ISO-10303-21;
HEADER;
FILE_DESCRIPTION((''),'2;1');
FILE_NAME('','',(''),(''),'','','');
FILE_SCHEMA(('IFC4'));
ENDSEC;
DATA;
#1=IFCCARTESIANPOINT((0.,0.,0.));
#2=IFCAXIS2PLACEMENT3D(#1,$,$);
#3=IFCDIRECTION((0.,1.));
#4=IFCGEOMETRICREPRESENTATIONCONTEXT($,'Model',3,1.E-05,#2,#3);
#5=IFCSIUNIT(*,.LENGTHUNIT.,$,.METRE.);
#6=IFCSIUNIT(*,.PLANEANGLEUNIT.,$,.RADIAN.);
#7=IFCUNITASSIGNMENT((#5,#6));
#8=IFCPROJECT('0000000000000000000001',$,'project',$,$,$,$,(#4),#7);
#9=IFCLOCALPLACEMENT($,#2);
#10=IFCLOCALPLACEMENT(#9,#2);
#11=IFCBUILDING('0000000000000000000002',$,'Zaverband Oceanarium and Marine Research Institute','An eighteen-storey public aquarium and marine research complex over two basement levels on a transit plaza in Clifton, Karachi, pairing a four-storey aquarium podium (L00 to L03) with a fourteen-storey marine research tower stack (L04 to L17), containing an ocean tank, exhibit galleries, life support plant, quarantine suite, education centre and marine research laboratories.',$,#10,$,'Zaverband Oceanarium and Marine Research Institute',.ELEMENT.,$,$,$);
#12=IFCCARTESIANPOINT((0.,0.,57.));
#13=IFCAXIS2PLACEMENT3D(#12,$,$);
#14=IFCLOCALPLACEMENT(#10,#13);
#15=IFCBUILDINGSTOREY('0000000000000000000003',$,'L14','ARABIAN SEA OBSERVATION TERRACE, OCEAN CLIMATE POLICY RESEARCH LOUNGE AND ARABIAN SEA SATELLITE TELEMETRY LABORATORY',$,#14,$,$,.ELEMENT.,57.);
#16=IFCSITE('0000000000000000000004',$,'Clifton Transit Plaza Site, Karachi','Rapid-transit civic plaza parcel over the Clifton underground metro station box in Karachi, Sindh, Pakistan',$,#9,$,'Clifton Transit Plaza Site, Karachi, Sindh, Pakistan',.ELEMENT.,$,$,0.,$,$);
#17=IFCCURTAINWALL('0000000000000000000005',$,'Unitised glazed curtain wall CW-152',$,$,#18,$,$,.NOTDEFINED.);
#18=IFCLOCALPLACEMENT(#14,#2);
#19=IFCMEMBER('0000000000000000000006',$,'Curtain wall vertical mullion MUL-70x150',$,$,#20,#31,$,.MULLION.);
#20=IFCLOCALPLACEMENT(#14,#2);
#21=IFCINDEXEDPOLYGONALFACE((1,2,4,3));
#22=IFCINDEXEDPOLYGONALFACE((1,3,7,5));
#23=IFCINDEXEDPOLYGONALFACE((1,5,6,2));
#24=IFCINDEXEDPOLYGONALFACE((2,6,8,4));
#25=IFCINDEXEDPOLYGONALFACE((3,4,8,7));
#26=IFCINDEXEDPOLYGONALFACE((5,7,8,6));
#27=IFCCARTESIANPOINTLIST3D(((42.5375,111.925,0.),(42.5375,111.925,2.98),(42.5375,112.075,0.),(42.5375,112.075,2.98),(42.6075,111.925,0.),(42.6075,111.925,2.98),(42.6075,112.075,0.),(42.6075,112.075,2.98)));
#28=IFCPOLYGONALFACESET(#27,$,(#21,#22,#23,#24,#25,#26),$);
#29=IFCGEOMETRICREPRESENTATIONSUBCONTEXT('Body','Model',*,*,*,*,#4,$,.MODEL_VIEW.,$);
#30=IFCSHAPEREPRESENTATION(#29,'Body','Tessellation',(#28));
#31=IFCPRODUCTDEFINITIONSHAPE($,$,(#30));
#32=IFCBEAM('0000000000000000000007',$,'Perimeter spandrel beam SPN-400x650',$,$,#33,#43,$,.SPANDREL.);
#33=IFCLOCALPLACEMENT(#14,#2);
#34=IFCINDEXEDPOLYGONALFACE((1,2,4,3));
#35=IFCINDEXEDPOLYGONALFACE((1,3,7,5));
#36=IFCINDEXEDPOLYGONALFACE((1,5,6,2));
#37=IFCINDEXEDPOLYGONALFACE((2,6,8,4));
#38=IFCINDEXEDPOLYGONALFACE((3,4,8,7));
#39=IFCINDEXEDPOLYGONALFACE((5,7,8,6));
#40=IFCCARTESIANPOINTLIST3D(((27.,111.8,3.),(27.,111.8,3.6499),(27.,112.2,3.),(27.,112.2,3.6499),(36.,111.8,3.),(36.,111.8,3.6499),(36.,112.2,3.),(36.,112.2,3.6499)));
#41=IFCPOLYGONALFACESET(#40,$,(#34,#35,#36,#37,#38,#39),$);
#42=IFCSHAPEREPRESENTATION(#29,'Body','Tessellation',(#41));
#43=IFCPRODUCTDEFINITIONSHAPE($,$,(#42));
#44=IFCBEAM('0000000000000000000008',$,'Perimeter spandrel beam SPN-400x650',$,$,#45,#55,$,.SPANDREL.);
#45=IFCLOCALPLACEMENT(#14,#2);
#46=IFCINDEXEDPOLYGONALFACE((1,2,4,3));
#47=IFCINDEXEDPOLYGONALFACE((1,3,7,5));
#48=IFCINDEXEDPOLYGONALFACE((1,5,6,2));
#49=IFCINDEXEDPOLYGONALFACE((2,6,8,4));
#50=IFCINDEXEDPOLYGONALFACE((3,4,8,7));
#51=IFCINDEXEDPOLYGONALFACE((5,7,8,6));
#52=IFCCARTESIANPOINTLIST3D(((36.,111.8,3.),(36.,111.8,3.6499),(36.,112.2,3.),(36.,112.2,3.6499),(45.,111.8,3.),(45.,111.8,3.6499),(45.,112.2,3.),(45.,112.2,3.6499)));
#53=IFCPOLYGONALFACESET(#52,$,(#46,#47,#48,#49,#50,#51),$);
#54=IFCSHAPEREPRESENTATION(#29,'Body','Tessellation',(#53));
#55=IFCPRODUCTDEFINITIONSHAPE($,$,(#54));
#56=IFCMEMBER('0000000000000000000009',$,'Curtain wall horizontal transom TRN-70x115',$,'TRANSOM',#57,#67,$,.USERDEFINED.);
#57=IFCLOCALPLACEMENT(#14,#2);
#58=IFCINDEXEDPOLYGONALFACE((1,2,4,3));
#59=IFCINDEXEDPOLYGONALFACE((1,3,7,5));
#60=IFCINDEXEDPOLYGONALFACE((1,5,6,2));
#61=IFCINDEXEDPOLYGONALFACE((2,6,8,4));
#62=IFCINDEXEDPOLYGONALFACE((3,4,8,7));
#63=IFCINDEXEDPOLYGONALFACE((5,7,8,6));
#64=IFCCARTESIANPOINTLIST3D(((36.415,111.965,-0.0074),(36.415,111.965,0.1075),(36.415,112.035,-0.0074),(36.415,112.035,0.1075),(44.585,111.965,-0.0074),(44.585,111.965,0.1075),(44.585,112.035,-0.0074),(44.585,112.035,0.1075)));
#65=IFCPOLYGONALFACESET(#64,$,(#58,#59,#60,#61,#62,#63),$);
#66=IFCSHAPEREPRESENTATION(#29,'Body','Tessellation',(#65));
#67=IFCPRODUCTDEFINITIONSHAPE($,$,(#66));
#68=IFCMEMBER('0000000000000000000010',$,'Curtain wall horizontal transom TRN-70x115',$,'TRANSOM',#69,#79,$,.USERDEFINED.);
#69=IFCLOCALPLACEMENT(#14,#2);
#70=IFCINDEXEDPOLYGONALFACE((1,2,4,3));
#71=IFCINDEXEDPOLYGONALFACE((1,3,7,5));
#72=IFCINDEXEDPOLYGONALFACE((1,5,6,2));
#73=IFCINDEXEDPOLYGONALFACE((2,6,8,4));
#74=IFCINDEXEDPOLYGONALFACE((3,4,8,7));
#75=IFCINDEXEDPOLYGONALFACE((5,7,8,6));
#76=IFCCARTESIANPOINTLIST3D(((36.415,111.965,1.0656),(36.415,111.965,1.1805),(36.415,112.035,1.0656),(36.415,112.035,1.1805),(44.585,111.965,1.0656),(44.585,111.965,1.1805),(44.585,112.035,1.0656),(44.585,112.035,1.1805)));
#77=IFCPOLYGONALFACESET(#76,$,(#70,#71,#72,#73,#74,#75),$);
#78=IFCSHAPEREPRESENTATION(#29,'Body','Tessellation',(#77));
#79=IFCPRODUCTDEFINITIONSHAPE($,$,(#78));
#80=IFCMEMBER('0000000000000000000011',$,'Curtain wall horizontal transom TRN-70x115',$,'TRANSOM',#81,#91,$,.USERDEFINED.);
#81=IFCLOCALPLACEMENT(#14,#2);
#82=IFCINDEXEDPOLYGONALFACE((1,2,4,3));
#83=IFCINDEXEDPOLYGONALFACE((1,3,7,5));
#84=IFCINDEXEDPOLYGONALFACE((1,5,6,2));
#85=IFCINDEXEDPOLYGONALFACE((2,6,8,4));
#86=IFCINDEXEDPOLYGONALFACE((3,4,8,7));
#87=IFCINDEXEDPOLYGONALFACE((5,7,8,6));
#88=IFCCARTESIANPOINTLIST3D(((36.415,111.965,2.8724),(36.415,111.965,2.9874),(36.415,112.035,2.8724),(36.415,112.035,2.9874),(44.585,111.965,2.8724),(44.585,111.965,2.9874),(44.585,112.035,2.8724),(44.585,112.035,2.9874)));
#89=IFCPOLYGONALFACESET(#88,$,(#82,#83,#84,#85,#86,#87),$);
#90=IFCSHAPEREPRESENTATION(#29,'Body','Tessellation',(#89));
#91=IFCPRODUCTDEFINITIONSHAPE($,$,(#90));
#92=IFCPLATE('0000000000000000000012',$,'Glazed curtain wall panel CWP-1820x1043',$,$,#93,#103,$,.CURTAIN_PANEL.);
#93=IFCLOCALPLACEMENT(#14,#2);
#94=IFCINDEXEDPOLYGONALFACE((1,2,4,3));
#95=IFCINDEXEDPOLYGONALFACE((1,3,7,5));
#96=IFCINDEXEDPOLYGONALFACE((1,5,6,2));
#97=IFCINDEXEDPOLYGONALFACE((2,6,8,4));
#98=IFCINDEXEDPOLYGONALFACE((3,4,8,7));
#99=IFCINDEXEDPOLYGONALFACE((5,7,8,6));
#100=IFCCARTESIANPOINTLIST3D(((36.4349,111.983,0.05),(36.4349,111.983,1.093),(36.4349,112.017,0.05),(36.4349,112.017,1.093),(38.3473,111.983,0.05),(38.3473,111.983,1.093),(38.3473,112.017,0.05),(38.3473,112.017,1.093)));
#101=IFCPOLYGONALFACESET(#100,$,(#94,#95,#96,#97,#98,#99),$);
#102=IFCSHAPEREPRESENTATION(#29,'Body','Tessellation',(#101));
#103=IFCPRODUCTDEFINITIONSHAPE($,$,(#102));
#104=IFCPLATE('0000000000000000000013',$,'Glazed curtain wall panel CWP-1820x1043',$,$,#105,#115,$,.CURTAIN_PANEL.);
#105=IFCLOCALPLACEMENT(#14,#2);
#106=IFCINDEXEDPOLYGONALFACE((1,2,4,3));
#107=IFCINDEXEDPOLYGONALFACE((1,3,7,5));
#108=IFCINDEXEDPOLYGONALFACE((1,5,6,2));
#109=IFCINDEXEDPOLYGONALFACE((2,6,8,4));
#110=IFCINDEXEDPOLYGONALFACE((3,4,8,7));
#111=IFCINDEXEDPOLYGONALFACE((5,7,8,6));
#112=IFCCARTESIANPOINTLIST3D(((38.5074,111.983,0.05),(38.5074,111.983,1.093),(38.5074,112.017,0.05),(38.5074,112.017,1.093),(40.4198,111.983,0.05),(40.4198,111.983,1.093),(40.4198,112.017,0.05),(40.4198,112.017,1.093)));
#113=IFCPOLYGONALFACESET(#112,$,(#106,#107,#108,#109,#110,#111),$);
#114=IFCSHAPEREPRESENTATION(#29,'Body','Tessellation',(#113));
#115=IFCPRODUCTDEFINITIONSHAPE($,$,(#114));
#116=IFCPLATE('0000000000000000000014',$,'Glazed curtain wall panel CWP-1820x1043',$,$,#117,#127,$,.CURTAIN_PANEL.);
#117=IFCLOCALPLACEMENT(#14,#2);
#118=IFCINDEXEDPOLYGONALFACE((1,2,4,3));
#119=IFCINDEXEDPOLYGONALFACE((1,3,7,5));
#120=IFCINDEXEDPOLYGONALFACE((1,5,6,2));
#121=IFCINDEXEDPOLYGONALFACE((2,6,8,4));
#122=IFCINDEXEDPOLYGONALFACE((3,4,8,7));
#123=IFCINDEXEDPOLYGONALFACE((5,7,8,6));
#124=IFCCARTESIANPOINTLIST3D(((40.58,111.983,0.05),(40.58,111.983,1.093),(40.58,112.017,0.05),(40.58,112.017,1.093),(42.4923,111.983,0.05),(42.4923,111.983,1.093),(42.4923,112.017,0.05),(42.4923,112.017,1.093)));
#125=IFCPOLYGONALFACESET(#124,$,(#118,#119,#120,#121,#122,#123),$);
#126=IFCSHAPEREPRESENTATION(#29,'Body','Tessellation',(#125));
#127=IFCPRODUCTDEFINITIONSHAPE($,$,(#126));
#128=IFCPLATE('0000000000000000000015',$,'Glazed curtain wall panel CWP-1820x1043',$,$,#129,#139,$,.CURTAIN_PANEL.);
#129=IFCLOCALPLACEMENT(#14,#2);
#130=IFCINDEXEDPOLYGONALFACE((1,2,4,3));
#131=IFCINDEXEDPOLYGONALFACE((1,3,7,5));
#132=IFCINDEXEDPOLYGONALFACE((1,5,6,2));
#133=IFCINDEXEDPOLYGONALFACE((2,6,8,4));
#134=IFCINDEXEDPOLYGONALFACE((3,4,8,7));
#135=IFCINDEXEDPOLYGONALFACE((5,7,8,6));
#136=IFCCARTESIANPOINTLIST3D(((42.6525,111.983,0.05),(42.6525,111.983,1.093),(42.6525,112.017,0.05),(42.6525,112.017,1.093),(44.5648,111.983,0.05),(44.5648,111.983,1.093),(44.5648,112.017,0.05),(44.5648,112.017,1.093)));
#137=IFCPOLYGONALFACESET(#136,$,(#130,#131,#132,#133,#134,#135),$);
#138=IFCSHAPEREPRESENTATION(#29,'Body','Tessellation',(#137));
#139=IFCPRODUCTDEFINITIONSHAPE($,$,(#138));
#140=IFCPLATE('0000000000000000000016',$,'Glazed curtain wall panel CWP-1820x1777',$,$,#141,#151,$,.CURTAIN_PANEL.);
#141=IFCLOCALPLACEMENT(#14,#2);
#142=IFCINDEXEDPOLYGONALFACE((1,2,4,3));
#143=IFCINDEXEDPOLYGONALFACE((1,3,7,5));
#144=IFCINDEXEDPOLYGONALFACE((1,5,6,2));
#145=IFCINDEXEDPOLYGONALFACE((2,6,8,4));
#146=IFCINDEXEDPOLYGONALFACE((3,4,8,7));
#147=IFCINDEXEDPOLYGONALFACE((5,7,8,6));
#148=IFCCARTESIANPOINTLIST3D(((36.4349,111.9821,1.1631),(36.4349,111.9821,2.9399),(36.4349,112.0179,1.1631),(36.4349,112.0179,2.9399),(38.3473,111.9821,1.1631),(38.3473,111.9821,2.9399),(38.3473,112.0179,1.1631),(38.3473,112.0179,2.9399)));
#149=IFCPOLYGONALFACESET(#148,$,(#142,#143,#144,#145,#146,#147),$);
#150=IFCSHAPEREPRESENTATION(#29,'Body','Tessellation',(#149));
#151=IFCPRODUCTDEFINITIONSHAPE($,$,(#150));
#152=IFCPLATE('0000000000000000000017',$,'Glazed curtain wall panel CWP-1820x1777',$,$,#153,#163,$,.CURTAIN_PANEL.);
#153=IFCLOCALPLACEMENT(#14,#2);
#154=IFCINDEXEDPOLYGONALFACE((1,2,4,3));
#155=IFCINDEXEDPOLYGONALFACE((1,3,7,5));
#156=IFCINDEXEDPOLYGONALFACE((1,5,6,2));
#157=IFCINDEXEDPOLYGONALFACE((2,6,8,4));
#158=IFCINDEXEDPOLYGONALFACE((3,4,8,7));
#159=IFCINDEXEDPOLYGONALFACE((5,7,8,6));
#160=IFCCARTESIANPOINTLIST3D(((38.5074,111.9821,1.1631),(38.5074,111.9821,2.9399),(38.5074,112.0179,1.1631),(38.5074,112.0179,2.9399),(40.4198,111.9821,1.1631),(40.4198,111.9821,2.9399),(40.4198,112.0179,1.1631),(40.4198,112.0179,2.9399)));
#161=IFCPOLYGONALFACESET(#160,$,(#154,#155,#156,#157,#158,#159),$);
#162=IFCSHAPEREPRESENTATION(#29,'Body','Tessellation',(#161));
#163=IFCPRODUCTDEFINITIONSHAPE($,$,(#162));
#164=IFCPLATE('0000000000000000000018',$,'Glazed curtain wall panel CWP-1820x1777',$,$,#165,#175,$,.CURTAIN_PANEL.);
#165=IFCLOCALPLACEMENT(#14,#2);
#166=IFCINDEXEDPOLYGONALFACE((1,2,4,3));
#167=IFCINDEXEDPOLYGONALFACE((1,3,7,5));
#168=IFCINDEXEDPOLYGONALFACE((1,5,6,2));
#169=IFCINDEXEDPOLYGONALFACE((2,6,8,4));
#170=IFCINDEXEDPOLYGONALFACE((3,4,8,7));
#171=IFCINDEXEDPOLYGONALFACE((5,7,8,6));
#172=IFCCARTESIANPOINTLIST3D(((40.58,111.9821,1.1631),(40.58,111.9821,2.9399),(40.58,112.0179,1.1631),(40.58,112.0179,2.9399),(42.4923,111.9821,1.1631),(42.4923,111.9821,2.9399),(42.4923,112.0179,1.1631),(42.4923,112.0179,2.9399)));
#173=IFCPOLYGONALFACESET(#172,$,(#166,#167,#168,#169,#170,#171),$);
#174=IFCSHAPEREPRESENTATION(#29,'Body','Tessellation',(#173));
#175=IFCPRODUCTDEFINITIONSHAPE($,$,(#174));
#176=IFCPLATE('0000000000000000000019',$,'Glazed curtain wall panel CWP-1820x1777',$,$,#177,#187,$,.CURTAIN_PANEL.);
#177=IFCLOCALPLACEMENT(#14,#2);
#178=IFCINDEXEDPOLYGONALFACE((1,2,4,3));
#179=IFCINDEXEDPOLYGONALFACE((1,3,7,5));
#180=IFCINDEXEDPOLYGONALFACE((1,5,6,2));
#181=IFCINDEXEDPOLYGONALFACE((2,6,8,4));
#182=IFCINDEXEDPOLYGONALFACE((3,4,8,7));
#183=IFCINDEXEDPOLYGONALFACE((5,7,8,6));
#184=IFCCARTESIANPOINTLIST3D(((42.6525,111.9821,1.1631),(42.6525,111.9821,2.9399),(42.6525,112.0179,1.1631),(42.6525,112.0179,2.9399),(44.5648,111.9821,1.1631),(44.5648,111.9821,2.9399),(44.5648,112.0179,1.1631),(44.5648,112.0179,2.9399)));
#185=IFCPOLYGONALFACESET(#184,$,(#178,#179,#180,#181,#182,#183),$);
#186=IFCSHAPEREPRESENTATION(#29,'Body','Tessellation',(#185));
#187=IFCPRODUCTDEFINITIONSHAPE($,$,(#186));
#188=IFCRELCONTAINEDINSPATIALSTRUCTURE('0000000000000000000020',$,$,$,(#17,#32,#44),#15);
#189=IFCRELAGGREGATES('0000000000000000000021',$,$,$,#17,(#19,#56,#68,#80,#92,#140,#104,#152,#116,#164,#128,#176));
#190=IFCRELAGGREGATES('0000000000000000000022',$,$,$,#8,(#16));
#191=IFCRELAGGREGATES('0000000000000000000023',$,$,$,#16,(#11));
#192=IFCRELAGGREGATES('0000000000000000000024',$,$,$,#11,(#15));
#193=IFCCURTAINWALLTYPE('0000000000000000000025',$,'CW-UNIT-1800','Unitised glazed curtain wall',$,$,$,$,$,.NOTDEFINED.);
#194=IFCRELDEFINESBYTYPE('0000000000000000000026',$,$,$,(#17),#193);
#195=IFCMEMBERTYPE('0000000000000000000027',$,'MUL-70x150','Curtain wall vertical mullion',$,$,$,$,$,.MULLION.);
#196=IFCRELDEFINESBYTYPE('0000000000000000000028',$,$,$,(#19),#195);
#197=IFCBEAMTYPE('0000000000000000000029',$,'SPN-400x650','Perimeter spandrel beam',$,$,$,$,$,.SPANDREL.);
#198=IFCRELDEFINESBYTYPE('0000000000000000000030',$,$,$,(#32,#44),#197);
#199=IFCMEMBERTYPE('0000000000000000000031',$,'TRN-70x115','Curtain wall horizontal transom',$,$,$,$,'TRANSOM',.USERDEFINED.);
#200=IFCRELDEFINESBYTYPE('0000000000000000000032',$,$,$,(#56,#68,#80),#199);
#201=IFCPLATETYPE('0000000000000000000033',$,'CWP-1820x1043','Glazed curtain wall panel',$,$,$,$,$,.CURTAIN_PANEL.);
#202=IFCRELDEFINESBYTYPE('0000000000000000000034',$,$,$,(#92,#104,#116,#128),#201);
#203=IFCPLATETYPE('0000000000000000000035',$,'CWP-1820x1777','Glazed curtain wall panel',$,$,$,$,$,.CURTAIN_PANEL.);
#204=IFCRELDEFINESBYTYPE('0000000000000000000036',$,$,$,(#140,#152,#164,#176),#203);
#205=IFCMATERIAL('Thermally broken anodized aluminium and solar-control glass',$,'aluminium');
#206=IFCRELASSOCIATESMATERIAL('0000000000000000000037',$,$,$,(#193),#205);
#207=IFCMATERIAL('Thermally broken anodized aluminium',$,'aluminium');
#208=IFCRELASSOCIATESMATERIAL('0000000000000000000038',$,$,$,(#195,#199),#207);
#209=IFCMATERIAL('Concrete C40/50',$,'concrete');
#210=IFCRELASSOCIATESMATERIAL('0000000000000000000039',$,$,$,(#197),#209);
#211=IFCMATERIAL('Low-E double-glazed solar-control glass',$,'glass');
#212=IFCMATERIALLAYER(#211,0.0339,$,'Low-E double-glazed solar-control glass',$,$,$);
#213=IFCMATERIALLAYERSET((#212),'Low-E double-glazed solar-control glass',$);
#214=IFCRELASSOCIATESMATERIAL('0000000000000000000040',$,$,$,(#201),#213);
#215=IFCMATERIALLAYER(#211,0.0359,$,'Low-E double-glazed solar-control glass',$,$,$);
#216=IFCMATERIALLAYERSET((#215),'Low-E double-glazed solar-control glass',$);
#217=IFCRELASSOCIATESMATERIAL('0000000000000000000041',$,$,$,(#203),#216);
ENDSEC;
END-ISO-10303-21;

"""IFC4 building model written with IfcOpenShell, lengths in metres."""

from ifc_helpers import new_model, si_unit, direction, frame, frame_2d, origin, origin_2d, place, context, subcontext, project, spatial, rectangle, extrude, material, layer, layer_set, material_profile, profile_set, type_object, element, aggregate, save


model = new_model("IFC4")

# Units and contexts
model_context = context("Model", 3, precision=1e-05, world=origin(), true_north=direction((0.0, 1.0)))
body_context = subcontext(model_context, "Body", "Model", "MODEL_VIEW")
ifc_project = project(units=[si_unit("LENGTHUNIT", "METRE"), si_unit("PLANEANGLEUNIT", "RADIAN")], contexts=[model_context])

# Site, building, storey
site_placement = place(None, origin())
site = spatial("IfcSite", under=ifc_project, at=site_placement, Name="Clifton Transit Plaza Site, Karachi", Description="Rapid-transit civic plaza parcel over the Clifton underground metro station box in Karachi, Sindh, Pakistan", LongName="Clifton Transit Plaza Site, Karachi, Sindh, Pakistan", CompositionType="ELEMENT", RefElevation=0.0)
building_placement = place(site_placement, origin())
building = spatial("IfcBuilding", under=site, at=building_placement, Name="Zaverband Oceanarium and Marine Research Institute", Description="An eighteen-storey public aquarium and marine research complex over two basement levels on a transit plaza in Clifton, Karachi, pairing a four-storey aquarium podium (L00 to L03) with a fourteen-storey marine research tower stack (L04 to L17), containing an ocean tank, exhibit galleries, life support plant, quarantine suite, education centre and marine research laboratories.", LongName="Zaverband Oceanarium and Marine Research Institute", CompositionType="ELEMENT")
storey_placement = place(building_placement, frame((0.0, 0.0, 57.0)))
storey = spatial("IfcBuildingStorey", under=building, at=storey_placement, Name="L14", Description="ARABIAN SEA OBSERVATION TERRACE, OCEAN CLIMATE POLICY RESEARCH LOUNGE AND ARABIAN SEA SATELLITE TELEMETRY LABORATORY", CompositionType="ELEMENT", Elevation=57.0)

# Shared definitions
ifc_material_1 = material(Name="Concrete C40/50", Category="concrete")

# Curtain wall, member
ifc_material_2 = material(Name="Thermally broken anodized aluminium and solar-control glass", Category="aluminium")
curtain_wall_type = type_object("IfcCurtainWallType", Name="CW-UNIT-1800", Description="Unitised glazed curtain wall", PredefinedType="NOTDEFINED", material=ifc_material_2)
curtain_wall_placement = place(storey_placement, origin())
curtain_wall = element("IfcCurtainWall", 1, at=curtain_wall_placement, inside=storey, type_object=curtain_wall_type, Name="Unitised glazed curtain wall CW-152", PredefinedType="NOTDEFINED")
ifc_material_3 = material(Name="Thermally broken anodized aluminium", Category="aluminium")
ifc_material_profile_1 = material_profile(ifc_material_3, rectangle(XDim=0.0701, YDim=0.1499, at=origin_2d()), Name="AL-MUL-70x150")
ifc_profile_set_1 = profile_set([ifc_material_profile_1], Name="Thermally broken anodized aluminium")
member_type_1 = type_object("IfcMemberType", Name="MUL-70x150", Description="Curtain wall vertical mullion", PredefinedType="MULLION", material=ifc_profile_set_1)
member_1_placement = place(storey_placement, frame((42.5725, 112.0, 0.0), z_axis=(0.0, 0.0, 1.0), x_axis=(1.0, 0.0, 0.0)))
member_1 = element("IfcMember", 2, at=member_1_placement, type_object=member_type_1, Name="Curtain wall vertical mullion MUL-70x150", PredefinedType="MULLION", context=body_context, shape_type="SweptSolid", body=[
    extrude(rectangle(XDim=0.0701, YDim=0.1499, at=origin_2d()), origin(), (0.0, 0.0, 1.0), 2.98),
])

# Beams
ifc_material_profile_2 = material_profile(ifc_material_1, rectangle(XDim=0.3999, YDim=0.6499, at=origin_2d()), Name="RC400x650")
ifc_profile_set_2 = profile_set([ifc_material_profile_2], Name="Concrete C40/50")
beam_type_1 = type_object("IfcBeamType", Name="SPN-400x650", Description="Perimeter spandrel beam", PredefinedType="SPANDREL", material=ifc_profile_set_2)
for number, where, z_axis, x_axis, name in (
    (3, (27.0, 112.0, 3.325), (1.0, 0.0, 0.0), (0.0, 1.0, 0.0), "Perimeter spandrel beam SPN-400x650"),
    (4, (36.0, 112.0, 3.325), (1.0, 0.0, 0.0), (0.0, 1.0, 0.0), "Perimeter spandrel beam SPN-400x650"),
):
    element("IfcBeam", number, at=place(storey_placement, frame(where, z_axis=z_axis, x_axis=x_axis)), inside=storey, type_object=beam_type_1, Name=name, PredefinedType="SPANDREL", context=body_context, shape_type="SweptSolid", body=[
        extrude(rectangle(XDim=0.3999, YDim=0.6499, at=origin_2d()), origin(), (0.0, 0.0, 1.0), 9.0),
    ])

# Members
ifc_material_profile_3 = material_profile(ifc_material_3, rectangle(XDim=0.0701, YDim=0.115, at=origin_2d()), Name="AL-TRN-70x115")
ifc_profile_set_3 = profile_set([ifc_material_profile_3], Name="Thermally broken anodized aluminium")
member_type_2 = type_object("IfcMemberType", Name="TRN-70x115", Description="Curtain wall horizontal transom", ElementType="TRANSOM", PredefinedType="USERDEFINED", material=ifc_profile_set_3)
member_2_placement = place(storey_placement, frame((36.415, 112.0, 0.05), z_axis=(1.0, 0.0, 0.0), x_axis=(0.0, 1.0, 0.0)))
member_2 = element("IfcMember", 5, at=member_2_placement, type_object=member_type_2, Name="Curtain wall horizontal transom TRN-70x115", ObjectType="TRANSOM", PredefinedType="USERDEFINED", context=body_context, shape_type="SweptSolid", body=[
    extrude(rectangle(XDim=0.0701, YDim=0.115, at=origin_2d()), origin(), (0.0, 0.0, 1.0), 8.1699),
])
member_3_placement = place(storey_placement, frame((36.415, 112.0, 1.123), z_axis=(1.0, 0.0, 0.0), x_axis=(0.0, 1.0, 0.0)))
member_3 = element("IfcMember", 6, at=member_3_placement, type_object=member_type_2, Name="Curtain wall horizontal transom TRN-70x115", ObjectType="TRANSOM", PredefinedType="USERDEFINED", context=body_context, shape_type="SweptSolid", body=[
    extrude(rectangle(XDim=0.0701, YDim=0.115, at=origin_2d()), origin(), (0.0, 0.0, 1.0), 8.1699),
])
member_4_placement = place(storey_placement, frame((36.415, 112.0, 2.9299), z_axis=(1.0, 0.0, 0.0), x_axis=(0.0, 1.0, 0.0)))
member_4 = element("IfcMember", 7, at=member_4_placement, type_object=member_type_2, Name="Curtain wall horizontal transom TRN-70x115", ObjectType="TRANSOM", PredefinedType="USERDEFINED", context=body_context, shape_type="SweptSolid", body=[
    extrude(rectangle(XDim=0.0701, YDim=0.115, at=origin_2d()), origin(), (0.0, 0.0, 1.0), 8.1699),
])

# Plates
ifc_material_4 = material(Name="Low-E double-glazed solar-control glass", Category="glass")
ifc_layer_1 = layer(ifc_material_4, 0.0339, Name="Low-E double-glazed solar-control glass")
ifc_layer_set_1 = layer_set([ifc_layer_1], Name="Low-E double-glazed solar-control glass")
plate_type_1 = type_object("IfcPlateType", Name="CWP-1820x1043", Description="Glazed curtain wall panel", PredefinedType="CURTAIN_PANEL", material=ifc_layer_set_1)
plate_1_placement = place(storey_placement, frame((36.4351, 112.0, 0.05), z_axis=(0.0, 0.0, 1.0), x_axis=(1.0, 0.0, 0.0)))
plate_1 = element("IfcPlate", 8, at=plate_1_placement, type_object=plate_type_1, Name="Glazed curtain wall panel CWP-1820x1043", PredefinedType="CURTAIN_PANEL", context=body_context, shape_type="SweptSolid", body=[
    extrude(rectangle(XDim=1.9124, YDim=0.0339, at=frame_2d((0.9561, 0.0))), origin(), (0.0, 0.0, 1.0), 1.043),
])
plate_2_placement = place(storey_placement, frame((38.5076, 112.0, 0.05), z_axis=(0.0, 0.0, 1.0), x_axis=(1.0, 0.0, 0.0)))
plate_2 = element("IfcPlate", 9, at=plate_2_placement, type_object=plate_type_1, Name="Glazed curtain wall panel CWP-1820x1043", PredefinedType="CURTAIN_PANEL", context=body_context, shape_type="SweptSolid", body=[
    extrude(rectangle(XDim=1.9124, YDim=0.0339, at=frame_2d((0.9561, 0.0))), origin(), (0.0, 0.0, 1.0), 1.043),
])
plate_3_placement = place(storey_placement, frame((40.5801, 112.0, 0.05), z_axis=(0.0, 0.0, 1.0), x_axis=(1.0, 0.0, 0.0)))
plate_3 = element("IfcPlate", 10, at=plate_3_placement, type_object=plate_type_1, Name="Glazed curtain wall panel CWP-1820x1043", PredefinedType="CURTAIN_PANEL", context=body_context, shape_type="SweptSolid", body=[
    extrude(rectangle(XDim=1.9124, YDim=0.0339, at=frame_2d((0.9561, 0.0))), origin(), (0.0, 0.0, 1.0), 1.043),
])
plate_4_placement = place(storey_placement, frame((42.6526, 112.0, 0.05), z_axis=(0.0, 0.0, 1.0), x_axis=(1.0, 0.0, 0.0)))
plate_4 = element("IfcPlate", 11, at=plate_4_placement, type_object=plate_type_1, Name="Glazed curtain wall panel CWP-1820x1043", PredefinedType="CURTAIN_PANEL", context=body_context, shape_type="SweptSolid", body=[
    extrude(rectangle(XDim=1.9124, YDim=0.0339, at=frame_2d((0.9561, 0.0))), origin(), (0.0, 0.0, 1.0), 1.043),
])
ifc_layer_2 = layer(ifc_material_4, 0.0359, Name="Low-E double-glazed solar-control glass")
ifc_layer_set_2 = layer_set([ifc_layer_2], Name="Low-E double-glazed solar-control glass")
plate_type_2 = type_object("IfcPlateType", Name="CWP-1820x1777", Description="Glazed curtain wall panel", PredefinedType="CURTAIN_PANEL", material=ifc_layer_set_2)
plate_5_placement = place(storey_placement, frame((36.4351, 112.0, 1.1631), z_axis=(0.0, 0.0, 1.0), x_axis=(1.0, 0.0, 0.0)))
plate_5 = element("IfcPlate", 12, at=plate_5_placement, type_object=plate_type_2, Name="Glazed curtain wall panel CWP-1820x1777", PredefinedType="CURTAIN_PANEL", context=body_context, shape_type="SweptSolid", body=[
    extrude(rectangle(XDim=1.9124, YDim=0.0359, at=frame_2d((0.9561, 0.0))), origin(), (0.0, 0.0, 1.0), 1.7769),
])
plate_6_placement = place(storey_placement, frame((38.5076, 112.0, 1.1631), z_axis=(0.0, 0.0, 1.0), x_axis=(1.0, 0.0, 0.0)))
plate_6 = element("IfcPlate", 13, at=plate_6_placement, type_object=plate_type_2, Name="Glazed curtain wall panel CWP-1820x1777", PredefinedType="CURTAIN_PANEL", context=body_context, shape_type="SweptSolid", body=[
    extrude(rectangle(XDim=1.9124, YDim=0.0359, at=frame_2d((0.9561, 0.0))), origin(), (0.0, 0.0, 1.0), 1.7769),
])
plate_7_placement = place(storey_placement, frame((40.5801, 112.0, 1.1631), z_axis=(0.0, 0.0, 1.0), x_axis=(1.0, 0.0, 0.0)))
plate_7 = element("IfcPlate", 14, at=plate_7_placement, type_object=plate_type_2, Name="Glazed curtain wall panel CWP-1820x1777", PredefinedType="CURTAIN_PANEL", context=body_context, shape_type="SweptSolid", body=[
    extrude(rectangle(XDim=1.9124, YDim=0.0359, at=frame_2d((0.9561, 0.0))), origin(), (0.0, 0.0, 1.0), 1.7769),
])
plate_8_placement = place(storey_placement, frame((42.6526, 112.0, 1.1631), z_axis=(0.0, 0.0, 1.0), x_axis=(1.0, 0.0, 0.0)))
plate_8 = element("IfcPlate", 15, at=plate_8_placement, type_object=plate_type_2, Name="Glazed curtain wall panel CWP-1820x1777", PredefinedType="CURTAIN_PANEL", context=body_context, shape_type="SweptSolid", body=[
    extrude(rectangle(XDim=1.9124, YDim=0.0359, at=frame_2d((0.9561, 0.0))), origin(), (0.0, 0.0, 1.0), 1.7769),
])
aggregate(curtain_wall, [member_1, member_2, member_3, member_4, plate_1, plate_5, plate_2, plate_6, plate_3, plate_7, plate_4, plate_8])

save(model, "model.ifc")
